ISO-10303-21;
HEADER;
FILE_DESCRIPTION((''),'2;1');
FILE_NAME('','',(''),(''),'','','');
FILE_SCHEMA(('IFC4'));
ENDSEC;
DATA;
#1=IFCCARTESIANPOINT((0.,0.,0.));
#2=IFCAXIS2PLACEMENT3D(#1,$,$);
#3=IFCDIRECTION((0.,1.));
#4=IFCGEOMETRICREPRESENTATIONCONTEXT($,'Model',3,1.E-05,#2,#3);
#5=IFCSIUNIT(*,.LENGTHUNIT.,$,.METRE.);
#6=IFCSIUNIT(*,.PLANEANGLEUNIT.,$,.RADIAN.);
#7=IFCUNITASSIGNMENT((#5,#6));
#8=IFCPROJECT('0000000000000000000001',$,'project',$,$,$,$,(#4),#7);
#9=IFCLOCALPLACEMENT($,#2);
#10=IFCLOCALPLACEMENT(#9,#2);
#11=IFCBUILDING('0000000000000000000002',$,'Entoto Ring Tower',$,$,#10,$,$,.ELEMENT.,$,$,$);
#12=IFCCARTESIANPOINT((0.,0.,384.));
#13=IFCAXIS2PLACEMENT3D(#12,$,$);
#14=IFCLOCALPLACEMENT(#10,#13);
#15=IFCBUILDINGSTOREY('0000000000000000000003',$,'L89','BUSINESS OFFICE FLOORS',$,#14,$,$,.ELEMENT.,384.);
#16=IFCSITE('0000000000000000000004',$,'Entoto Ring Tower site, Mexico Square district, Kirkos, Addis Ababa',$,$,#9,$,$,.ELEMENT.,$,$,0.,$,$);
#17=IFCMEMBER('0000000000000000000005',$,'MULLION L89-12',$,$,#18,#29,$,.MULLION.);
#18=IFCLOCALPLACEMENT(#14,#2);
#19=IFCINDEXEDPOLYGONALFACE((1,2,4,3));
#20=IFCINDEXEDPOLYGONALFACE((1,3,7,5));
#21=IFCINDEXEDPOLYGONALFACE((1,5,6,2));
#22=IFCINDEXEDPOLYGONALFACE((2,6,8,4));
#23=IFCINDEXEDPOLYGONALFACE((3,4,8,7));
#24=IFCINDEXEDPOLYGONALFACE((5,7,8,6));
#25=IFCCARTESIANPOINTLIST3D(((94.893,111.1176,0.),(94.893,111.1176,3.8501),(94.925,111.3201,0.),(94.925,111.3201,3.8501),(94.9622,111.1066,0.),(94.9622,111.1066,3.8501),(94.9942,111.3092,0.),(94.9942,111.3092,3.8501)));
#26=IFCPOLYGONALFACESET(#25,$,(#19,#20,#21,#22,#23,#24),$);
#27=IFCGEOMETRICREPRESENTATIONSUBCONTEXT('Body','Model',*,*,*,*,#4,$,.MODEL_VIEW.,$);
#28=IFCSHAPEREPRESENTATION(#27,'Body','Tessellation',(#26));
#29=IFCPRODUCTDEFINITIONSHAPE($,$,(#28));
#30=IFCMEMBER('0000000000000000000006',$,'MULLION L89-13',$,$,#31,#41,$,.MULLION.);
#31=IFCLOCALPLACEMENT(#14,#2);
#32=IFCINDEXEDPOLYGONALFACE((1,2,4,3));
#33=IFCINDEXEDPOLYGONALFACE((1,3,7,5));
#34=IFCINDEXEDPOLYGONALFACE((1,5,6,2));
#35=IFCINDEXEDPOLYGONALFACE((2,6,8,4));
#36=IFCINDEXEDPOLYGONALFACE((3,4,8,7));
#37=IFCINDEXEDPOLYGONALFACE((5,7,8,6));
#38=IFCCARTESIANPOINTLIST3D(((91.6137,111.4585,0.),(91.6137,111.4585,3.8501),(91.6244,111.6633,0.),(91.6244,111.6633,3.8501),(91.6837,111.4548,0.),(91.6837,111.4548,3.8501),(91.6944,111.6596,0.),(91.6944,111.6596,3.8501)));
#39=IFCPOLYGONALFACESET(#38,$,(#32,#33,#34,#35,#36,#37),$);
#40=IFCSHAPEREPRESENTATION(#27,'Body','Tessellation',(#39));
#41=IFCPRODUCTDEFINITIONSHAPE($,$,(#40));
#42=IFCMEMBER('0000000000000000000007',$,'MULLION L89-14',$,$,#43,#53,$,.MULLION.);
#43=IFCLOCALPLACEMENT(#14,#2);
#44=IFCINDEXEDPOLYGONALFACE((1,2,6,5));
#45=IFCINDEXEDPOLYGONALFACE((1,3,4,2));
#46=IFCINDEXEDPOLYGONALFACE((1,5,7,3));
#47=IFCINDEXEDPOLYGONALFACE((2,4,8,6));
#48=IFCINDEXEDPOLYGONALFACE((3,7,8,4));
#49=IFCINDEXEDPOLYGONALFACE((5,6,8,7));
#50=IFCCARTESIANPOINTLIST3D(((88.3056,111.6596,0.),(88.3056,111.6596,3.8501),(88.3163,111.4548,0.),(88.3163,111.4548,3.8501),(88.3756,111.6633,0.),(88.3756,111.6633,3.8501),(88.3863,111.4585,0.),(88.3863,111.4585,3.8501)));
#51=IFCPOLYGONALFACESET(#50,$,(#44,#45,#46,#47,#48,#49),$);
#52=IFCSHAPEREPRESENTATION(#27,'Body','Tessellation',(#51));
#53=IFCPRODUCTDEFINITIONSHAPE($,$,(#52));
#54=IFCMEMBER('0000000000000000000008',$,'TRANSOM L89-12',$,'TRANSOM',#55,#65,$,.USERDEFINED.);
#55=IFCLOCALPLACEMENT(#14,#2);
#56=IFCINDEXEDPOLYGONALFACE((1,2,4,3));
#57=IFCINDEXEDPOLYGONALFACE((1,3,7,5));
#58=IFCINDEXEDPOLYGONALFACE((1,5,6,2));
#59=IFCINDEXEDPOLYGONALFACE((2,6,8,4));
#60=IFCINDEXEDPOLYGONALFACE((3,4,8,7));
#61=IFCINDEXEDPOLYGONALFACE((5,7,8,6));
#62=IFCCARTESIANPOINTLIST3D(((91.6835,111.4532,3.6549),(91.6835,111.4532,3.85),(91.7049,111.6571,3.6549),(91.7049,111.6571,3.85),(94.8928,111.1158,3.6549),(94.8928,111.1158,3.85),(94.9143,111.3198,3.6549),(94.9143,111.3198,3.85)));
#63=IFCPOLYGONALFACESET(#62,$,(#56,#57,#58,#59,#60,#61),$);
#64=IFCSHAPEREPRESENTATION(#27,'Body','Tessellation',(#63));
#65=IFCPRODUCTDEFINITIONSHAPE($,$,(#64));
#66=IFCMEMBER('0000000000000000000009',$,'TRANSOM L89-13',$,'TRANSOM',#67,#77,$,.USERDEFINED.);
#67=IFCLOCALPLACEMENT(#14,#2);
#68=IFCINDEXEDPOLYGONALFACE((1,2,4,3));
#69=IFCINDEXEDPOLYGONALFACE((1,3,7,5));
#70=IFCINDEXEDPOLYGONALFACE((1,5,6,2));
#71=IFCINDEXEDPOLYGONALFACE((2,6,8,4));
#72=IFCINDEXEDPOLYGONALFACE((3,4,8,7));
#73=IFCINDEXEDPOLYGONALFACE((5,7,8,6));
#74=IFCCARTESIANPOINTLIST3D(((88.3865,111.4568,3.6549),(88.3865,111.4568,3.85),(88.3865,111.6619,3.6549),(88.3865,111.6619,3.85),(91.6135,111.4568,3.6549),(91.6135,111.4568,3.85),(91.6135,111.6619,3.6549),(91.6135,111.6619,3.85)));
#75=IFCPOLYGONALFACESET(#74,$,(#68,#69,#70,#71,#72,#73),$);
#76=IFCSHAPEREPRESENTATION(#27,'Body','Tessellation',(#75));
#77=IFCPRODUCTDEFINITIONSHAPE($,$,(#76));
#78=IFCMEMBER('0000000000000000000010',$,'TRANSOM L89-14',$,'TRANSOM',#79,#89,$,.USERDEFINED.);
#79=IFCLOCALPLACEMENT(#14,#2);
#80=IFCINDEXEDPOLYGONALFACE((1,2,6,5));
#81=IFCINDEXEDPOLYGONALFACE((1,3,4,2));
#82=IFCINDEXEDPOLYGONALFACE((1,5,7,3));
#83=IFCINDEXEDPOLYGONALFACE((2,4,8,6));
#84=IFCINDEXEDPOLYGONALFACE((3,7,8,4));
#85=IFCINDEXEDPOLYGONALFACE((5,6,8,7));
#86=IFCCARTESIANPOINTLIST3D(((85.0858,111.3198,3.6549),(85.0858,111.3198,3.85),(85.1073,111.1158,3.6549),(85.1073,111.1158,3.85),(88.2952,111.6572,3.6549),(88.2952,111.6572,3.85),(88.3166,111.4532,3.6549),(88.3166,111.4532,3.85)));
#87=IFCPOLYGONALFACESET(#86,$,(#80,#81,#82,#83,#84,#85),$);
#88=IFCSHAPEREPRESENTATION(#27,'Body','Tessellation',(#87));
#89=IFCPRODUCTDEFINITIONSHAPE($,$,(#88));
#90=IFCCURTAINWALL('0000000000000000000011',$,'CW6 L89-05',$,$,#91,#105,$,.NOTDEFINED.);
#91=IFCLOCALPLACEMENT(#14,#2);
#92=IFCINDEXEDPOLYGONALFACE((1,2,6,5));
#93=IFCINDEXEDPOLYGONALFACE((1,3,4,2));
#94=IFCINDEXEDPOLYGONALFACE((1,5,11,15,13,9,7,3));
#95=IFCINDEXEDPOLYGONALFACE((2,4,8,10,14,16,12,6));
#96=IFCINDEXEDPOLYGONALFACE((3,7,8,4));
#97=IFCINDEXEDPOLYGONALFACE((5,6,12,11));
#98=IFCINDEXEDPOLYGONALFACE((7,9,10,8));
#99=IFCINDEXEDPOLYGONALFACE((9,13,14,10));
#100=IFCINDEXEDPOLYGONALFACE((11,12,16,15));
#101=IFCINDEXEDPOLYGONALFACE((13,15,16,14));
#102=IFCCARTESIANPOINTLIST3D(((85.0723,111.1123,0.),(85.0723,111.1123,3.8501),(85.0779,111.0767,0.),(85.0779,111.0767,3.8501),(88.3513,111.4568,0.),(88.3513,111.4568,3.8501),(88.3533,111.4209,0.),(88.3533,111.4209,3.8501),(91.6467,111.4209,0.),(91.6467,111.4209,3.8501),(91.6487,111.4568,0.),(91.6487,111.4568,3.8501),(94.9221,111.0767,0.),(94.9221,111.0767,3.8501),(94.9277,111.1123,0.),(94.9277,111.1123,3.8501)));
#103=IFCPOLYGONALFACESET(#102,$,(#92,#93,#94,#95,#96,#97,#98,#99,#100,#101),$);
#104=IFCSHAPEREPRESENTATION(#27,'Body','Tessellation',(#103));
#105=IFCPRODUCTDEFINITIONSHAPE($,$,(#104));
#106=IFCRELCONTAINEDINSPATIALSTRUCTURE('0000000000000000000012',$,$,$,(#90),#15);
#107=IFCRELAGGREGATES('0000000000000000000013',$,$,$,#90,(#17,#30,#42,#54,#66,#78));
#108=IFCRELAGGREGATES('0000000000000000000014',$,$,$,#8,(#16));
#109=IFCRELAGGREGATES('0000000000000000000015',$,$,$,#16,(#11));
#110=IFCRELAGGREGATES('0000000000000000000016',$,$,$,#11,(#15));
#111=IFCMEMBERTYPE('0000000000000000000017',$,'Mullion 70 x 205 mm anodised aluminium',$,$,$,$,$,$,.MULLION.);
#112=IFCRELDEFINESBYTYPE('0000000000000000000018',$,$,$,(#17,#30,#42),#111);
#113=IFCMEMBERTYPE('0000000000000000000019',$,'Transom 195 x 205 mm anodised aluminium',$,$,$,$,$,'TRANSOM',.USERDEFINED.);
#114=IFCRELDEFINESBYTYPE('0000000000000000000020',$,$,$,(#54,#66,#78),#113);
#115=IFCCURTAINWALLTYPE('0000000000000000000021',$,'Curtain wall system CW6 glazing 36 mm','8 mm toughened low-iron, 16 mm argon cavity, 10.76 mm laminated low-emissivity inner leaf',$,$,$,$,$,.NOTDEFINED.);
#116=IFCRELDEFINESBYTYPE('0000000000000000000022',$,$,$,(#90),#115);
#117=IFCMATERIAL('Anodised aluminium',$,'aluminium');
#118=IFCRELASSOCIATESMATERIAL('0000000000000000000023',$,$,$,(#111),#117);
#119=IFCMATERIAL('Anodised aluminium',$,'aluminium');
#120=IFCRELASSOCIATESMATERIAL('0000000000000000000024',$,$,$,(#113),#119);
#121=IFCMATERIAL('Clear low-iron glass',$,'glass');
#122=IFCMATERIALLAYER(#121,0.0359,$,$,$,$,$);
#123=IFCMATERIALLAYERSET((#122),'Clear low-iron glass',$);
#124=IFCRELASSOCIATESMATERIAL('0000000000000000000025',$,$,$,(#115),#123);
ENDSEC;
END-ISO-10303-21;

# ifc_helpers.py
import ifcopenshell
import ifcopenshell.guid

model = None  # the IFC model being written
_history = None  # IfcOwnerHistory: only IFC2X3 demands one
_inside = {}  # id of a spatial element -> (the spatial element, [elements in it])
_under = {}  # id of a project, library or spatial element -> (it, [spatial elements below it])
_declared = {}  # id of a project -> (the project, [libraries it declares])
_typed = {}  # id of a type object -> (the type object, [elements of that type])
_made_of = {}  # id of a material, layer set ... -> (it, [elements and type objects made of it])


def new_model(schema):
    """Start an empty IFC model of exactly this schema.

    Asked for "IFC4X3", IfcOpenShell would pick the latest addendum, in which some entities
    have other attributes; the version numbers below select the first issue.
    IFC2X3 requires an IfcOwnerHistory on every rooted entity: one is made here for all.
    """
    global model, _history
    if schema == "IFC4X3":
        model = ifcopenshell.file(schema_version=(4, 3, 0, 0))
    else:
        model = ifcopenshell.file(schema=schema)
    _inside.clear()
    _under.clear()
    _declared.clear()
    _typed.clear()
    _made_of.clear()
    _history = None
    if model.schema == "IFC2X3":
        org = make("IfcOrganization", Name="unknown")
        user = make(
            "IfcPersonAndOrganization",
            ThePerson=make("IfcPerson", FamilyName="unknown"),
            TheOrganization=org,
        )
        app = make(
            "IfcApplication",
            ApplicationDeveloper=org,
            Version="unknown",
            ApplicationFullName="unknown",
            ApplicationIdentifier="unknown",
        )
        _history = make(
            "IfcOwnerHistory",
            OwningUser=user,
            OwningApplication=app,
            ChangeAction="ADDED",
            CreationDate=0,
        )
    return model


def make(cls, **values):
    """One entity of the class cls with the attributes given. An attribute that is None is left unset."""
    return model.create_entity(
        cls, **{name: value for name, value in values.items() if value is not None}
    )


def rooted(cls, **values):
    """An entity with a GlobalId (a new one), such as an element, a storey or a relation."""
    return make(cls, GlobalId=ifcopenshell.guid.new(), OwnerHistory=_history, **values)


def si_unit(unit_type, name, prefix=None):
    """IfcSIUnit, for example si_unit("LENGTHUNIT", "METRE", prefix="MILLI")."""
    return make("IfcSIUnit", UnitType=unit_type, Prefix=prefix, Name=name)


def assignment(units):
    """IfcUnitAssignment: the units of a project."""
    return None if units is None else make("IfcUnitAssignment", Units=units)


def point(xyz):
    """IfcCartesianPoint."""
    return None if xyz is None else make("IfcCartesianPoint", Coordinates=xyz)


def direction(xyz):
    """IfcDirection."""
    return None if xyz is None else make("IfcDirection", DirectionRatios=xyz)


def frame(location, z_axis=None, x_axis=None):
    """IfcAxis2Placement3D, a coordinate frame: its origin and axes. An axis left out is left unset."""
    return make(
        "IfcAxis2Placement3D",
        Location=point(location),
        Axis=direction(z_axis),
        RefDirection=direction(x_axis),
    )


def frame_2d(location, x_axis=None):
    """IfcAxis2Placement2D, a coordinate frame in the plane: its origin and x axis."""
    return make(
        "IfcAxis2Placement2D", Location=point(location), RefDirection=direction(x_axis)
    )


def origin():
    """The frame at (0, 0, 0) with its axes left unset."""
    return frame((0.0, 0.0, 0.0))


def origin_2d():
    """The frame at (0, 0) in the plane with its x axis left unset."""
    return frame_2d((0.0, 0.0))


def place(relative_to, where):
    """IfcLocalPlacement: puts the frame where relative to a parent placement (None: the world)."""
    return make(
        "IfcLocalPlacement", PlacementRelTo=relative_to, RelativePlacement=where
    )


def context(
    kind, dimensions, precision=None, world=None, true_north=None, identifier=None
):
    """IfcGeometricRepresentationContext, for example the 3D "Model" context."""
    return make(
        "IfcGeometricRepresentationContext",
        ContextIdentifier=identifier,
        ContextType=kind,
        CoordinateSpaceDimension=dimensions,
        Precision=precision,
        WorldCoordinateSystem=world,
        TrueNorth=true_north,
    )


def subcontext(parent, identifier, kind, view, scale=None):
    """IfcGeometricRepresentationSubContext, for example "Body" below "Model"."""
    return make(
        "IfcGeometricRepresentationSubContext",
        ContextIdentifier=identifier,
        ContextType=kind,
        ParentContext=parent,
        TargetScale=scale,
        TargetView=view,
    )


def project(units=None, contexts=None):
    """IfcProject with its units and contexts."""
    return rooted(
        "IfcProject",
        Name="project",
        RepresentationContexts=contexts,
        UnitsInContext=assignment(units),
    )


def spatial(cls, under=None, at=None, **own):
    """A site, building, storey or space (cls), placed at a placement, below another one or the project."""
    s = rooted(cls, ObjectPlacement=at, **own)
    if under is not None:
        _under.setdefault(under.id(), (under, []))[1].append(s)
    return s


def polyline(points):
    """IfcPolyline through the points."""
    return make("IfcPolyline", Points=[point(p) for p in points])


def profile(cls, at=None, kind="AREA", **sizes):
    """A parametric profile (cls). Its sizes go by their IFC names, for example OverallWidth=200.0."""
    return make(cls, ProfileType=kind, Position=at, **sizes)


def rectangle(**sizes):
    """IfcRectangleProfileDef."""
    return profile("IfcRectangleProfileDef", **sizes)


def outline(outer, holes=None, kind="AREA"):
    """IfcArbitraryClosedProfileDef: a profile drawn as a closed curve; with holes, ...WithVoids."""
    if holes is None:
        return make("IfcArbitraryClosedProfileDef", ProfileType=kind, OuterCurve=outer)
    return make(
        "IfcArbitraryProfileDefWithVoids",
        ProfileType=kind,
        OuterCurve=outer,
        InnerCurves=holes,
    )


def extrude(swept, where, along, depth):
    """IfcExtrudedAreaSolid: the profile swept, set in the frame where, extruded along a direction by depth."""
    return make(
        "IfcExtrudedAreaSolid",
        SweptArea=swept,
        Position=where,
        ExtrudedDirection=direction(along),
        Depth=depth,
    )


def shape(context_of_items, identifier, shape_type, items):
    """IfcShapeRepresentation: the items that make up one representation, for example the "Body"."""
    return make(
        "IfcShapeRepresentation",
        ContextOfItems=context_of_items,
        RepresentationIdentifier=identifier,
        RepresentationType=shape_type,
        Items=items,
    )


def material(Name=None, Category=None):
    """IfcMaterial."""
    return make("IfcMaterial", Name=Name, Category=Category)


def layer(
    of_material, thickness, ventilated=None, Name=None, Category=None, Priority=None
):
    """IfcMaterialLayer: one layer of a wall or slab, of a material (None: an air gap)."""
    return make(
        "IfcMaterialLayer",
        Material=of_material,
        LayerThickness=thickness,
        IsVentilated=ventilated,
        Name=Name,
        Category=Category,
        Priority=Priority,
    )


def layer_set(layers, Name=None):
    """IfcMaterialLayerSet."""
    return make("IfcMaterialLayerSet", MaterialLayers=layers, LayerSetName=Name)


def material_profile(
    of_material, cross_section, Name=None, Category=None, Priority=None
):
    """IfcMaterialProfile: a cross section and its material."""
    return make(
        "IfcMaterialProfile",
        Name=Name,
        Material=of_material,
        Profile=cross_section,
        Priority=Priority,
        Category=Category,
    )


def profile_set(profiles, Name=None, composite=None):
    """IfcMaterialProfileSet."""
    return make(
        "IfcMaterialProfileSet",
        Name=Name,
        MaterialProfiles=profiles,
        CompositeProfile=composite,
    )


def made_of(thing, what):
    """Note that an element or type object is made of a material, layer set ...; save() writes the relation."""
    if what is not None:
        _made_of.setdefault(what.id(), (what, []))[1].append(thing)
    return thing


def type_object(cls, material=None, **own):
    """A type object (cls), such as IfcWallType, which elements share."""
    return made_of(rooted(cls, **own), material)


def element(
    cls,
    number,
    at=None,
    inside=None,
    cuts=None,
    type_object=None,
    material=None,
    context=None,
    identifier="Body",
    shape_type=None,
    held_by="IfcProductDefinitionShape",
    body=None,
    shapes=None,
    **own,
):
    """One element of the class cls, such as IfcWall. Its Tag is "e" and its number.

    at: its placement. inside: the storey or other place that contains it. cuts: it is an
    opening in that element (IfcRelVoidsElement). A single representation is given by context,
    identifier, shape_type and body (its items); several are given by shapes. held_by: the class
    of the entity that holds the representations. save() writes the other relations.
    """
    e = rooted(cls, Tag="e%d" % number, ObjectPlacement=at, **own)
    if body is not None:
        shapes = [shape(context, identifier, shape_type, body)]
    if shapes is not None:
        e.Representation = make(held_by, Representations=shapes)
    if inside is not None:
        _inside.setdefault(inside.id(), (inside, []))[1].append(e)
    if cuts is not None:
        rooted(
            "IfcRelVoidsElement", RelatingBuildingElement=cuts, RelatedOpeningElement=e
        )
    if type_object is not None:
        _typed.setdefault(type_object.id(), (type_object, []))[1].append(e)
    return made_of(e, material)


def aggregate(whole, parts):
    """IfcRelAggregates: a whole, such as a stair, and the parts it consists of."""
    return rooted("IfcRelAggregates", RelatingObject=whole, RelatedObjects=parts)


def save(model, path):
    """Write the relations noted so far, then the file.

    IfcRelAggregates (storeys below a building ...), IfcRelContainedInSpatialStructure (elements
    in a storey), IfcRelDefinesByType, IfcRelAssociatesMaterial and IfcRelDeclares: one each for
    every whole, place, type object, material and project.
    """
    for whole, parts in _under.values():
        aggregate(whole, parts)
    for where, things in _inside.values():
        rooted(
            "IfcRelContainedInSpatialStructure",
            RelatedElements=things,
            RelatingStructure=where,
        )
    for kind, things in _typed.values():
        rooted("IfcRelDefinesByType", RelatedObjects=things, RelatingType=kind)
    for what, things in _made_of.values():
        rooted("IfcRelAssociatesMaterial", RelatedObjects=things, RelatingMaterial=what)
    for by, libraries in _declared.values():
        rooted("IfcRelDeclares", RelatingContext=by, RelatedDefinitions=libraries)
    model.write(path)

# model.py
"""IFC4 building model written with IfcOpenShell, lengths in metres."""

from ifc_helpers import new_model, si_unit, direction, frame, origin, origin_2d, place, context, subcontext, project, spatial, polyline, rectangle, outline, extrude, material, layer, layer_set, material_profile, profile_set, type_object, element, aggregate, save


model = new_model("IFC4")

# Units and contexts
model_context = context("Model", 3, precision=1e-05, world=origin(), true_north=direction((0.0, 1.0)))
body_context = subcontext(model_context, "Body", "Model", "MODEL_VIEW")
ifc_project = project(units=[si_unit("LENGTHUNIT", "METRE"), si_unit("PLANEANGLEUNIT", "RADIAN")], contexts=[model_context])

# Members
ifc_material_1 = material(Name="Anodised aluminium", Category="aluminium")
ifc_material_profile_1 = material_profile(ifc_material_1, rectangle(XDim=0.0701, YDim=0.2051, at=origin_2d()), Name="Mullion 70 x 205 mm anodised aluminium")
ifc_profile_set_1 = profile_set([ifc_material_profile_1], Name="Anodised aluminium")
member_type_1 = type_object("IfcMemberType", Name="Mullion 70 x 205 mm anodised aluminium", PredefinedType="MULLION", material=ifc_profile_set_1)
site_placement = place(None, origin())
building_placement = place(site_placement, origin())
storey_placement = place(building_placement, frame((0.0, 0.0, 384.0)))
member_1_placement = place(storey_placement, frame((94.9436, 111.2134, 0.0), z_axis=(0.0, 0.0, 1.0), x_axis=(-0.987688, 0.156434, 0.0)))
member_1 = element("IfcMember", 1, at=member_1_placement, type_object=member_type_1, Name="MULLION L89-12", PredefinedType="MULLION", context=body_context, shape_type="SweptSolid", body=[
    extrude(rectangle(XDim=0.0701, YDim=0.2051, at=origin_2d()), origin(), (0.0, 0.0, 1.0), 3.8501),
])
member_2_placement = place(storey_placement, frame((91.6541, 111.5591, 0.0), z_axis=(0.0, 0.0, 1.0), x_axis=(-0.99863, 0.052336, 0.0)))
member_2 = element("IfcMember", 2, at=member_2_placement, type_object=member_type_1, Name="MULLION L89-13", PredefinedType="MULLION", context=body_context, shape_type="SweptSolid", body=[
    extrude(rectangle(XDim=0.0701, YDim=0.2051, at=origin_2d()), origin(), (0.0, 0.0, 1.0), 3.8501),
])
member_3_placement = place(storey_placement, frame((88.3459, 111.5591, 0.0), z_axis=(0.0, 0.0, 1.0), x_axis=(-0.99863, -0.052336, 0.0)))
member_3 = element("IfcMember", 3, at=member_3_placement, type_object=member_type_1, Name="MULLION L89-14", PredefinedType="MULLION", context=body_context, shape_type="SweptSolid", body=[
    extrude(rectangle(XDim=0.0701, YDim=0.2051, at=origin_2d()), origin(), (0.0, 0.0, 1.0), 3.8501),
])
ifc_material_2 = material(Name="Anodised aluminium", Category="aluminium")
ifc_material_profile_2 = material_profile(ifc_material_2, rectangle(XDim=0.2051, YDim=0.1951, at=origin_2d()), Name="Transom 195 x 205 mm anodised aluminium")
ifc_profile_set_2 = profile_set([ifc_material_profile_2], Name="Anodised aluminium")
member_type_2 = type_object("IfcMemberType", Name="Transom 195 x 205 mm anodised aluminium", ElementType="TRANSOM", PredefinedType="USERDEFINED", material=ifc_profile_set_2)
member_4_placement = place(storey_placement, frame((94.9036, 111.2178, 3.7524), z_axis=(-0.99452, 0.104551, 0.0), x_axis=(-0.104551, -0.99452, 0.0)))
member_4 = element("IfcMember", 4, at=member_4_placement, type_object=member_type_2, Name="TRANSOM L89-12", ObjectType="TRANSOM", PredefinedType="USERDEFINED", context=body_context, shape_type="SweptSolid", body=[
    extrude(rectangle(XDim=0.2051, YDim=0.1951, at=origin_2d()), origin(), (0.0, 0.0, 1.0), 3.2271),
])
member_5_placement = place(storey_placement, frame((91.6135, 111.5593, 3.7524), z_axis=(-1.0, 0.0, 0.0), x_axis=(0.0, -1.0, 0.0)))
member_5 = element("IfcMember", 5, at=member_5_placement, type_object=member_type_2, Name="TRANSOM L89-13", ObjectType="TRANSOM", PredefinedType="USERDEFINED", context=body_context, shape_type="SweptSolid", body=[
    extrude(rectangle(XDim=0.2051, YDim=0.1951, at=origin_2d()), origin(), (0.0, 0.0, 1.0), 3.2271),
])
member_6_placement = place(storey_placement, frame((88.3059, 111.5552, 3.7524), z_axis=(-0.99452, -0.104551, 0.0), x_axis=(0.104551, -0.99452, 0.0)))
member_6 = element("IfcMember", 6, at=member_6_placement, type_object=member_type_2, Name="TRANSOM L89-14", ObjectType="TRANSOM", PredefinedType="USERDEFINED", context=body_context, shape_type="SweptSolid", body=[
    extrude(rectangle(XDim=0.2051, YDim=0.1951, at=origin_2d()), origin(), (0.0, 0.0, 1.0), 3.2271),
])

# Site, building, storey
site = spatial("IfcSite", under=ifc_project, at=site_placement, Name="Entoto Ring Tower site, Mexico Square district, Kirkos, Addis Ababa", CompositionType="ELEMENT", RefElevation=0.0)
building = spatial("IfcBuilding", under=site, at=building_placement, Name="Entoto Ring Tower", CompositionType="ELEMENT")
storey = spatial("IfcBuildingStorey", under=building, at=storey_placement, Name="L89", Description="BUSINESS OFFICE FLOORS", CompositionType="ELEMENT", Elevation=384.0)

# Curtain wall
ifc_material_3 = material(Name="Clear low-iron glass", Category="glass")
ifc_layer = layer(ifc_material_3, 0.0359)
ifc_layer_set = layer_set([ifc_layer], Name="Clear low-iron glass")
curtain_wall_type = type_object("IfcCurtainWallType", Name="Curtain wall system CW6 glazing 36 mm", Description="8 mm toughened low-iron, 16 mm argon cavity, 10.76 mm laminated low-emissivity inner leaf", PredefinedType="NOTDEFINED", material=ifc_layer_set)
curtain_wall_1_placement = place(storey_placement, origin())
curtain_wall_1 = element("IfcCurtainWall", 7, at=curtain_wall_1_placement, inside=storey, type_object=curtain_wall_type, Name="CW6 L89-05", PredefinedType="NOTDEFINED", context=body_context, shape_type="SweptSolid", body=[
    extrude(outline(polyline([(94.9277, 111.1123), (91.6487, 111.4568), (88.3513, 111.4568), (85.0723, 111.1123), (85.0779, 111.0767), (88.3533, 111.4209), (91.6467, 111.4209), (94.9221, 111.0767), (94.9277, 111.1123)])), origin(), (0.0, 0.0, 1.0), 3.8501),
])
aggregate(curtain_wall_1, [member_1, member_2, member_3, member_4, member_5, member_6])

save(model, "model.ifc")
